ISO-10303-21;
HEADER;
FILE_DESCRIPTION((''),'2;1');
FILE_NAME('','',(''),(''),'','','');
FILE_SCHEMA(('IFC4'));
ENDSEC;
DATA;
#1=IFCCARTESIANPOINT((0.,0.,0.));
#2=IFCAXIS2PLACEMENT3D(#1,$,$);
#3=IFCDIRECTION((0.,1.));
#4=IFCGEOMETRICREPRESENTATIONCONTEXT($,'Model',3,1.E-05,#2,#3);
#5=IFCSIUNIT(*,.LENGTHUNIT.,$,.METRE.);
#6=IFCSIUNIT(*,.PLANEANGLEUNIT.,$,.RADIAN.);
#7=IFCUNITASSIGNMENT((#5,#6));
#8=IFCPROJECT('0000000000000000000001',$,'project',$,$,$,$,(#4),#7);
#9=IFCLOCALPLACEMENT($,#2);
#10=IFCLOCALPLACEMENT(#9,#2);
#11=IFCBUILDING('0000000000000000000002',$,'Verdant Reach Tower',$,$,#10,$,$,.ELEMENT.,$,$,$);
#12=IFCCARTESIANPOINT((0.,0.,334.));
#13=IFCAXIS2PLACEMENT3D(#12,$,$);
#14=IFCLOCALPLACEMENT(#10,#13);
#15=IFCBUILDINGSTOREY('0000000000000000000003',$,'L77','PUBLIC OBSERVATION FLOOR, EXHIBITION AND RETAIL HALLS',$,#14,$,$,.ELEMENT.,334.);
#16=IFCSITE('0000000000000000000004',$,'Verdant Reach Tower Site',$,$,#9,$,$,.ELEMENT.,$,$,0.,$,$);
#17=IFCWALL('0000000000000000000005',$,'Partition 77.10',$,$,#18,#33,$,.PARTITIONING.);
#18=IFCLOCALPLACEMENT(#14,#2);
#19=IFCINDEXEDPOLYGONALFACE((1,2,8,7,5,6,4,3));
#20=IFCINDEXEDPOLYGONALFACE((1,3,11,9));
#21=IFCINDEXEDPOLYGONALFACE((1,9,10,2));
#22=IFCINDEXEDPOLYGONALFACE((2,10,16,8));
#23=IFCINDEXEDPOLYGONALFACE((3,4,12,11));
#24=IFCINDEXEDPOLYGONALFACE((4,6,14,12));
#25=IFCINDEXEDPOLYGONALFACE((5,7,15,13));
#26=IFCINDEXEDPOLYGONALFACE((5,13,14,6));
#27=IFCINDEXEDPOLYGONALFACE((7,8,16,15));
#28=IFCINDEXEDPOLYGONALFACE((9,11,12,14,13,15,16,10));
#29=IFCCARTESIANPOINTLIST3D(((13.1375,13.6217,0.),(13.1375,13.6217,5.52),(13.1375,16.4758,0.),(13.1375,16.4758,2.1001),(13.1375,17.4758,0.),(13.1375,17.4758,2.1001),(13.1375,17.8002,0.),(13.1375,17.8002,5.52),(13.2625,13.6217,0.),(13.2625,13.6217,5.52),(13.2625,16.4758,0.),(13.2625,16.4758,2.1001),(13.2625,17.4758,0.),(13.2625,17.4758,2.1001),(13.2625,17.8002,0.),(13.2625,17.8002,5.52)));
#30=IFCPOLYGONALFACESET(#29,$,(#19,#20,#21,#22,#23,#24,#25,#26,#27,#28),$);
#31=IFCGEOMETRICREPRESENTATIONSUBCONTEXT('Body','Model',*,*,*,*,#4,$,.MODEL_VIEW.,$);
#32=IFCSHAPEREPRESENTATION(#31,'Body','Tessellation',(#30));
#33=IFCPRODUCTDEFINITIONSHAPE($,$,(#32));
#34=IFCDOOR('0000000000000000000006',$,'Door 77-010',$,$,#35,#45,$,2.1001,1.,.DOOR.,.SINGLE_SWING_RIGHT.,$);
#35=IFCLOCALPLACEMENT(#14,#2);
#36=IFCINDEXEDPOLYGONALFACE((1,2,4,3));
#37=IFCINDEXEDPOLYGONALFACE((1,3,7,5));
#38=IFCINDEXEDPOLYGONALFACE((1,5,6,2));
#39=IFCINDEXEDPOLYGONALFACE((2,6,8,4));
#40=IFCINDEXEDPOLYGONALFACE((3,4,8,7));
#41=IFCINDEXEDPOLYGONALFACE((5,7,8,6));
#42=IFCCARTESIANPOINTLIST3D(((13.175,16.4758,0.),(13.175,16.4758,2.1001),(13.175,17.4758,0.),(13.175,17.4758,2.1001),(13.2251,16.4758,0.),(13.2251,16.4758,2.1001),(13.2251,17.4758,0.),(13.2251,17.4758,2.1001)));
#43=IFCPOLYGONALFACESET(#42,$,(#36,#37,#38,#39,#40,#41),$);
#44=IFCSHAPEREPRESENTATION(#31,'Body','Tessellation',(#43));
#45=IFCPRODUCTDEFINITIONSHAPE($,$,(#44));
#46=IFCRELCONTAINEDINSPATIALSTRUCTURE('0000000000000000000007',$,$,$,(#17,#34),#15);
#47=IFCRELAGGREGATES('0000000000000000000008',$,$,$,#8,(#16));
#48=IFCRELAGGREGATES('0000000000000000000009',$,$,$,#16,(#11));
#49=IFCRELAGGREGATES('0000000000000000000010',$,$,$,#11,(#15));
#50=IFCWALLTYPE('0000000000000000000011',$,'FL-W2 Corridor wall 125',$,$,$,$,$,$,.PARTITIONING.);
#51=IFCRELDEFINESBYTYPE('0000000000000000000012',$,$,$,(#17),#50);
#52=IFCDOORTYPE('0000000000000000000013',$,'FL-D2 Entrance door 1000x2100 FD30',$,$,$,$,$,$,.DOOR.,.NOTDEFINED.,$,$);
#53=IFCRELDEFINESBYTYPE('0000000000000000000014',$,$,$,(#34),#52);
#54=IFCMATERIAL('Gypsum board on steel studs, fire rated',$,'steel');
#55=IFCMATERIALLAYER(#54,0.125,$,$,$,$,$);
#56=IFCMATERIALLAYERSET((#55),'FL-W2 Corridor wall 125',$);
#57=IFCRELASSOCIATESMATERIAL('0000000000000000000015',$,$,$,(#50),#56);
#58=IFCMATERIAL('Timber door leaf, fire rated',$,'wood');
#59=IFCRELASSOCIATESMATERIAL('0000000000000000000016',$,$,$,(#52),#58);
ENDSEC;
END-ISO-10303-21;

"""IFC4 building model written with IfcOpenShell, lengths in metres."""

from ifc_helpers import new_model, si_unit, direction, frame, frame_2d, origin, place, context, subcontext, project, spatial, rectangle, extrude, material, layer, layer_set, type_object, element, fill, save


model = new_model("IFC4")

# Units and contexts
model_context = context("Model", 3, precision=1e-05, world=origin(), true_north=direction((0.0, 1.0)))
body_context = subcontext(model_context, "Body", "Model", "MODEL_VIEW")
ifc_project = project(units=[si_unit("LENGTHUNIT", "METRE"), si_unit("PLANEANGLEUNIT", "RADIAN")], contexts=[model_context])

# Site, building, storey
site_placement = place(None, origin())
site = spatial("IfcSite", under=ifc_project, at=site_placement, Name="Verdant Reach Tower Site", CompositionType="ELEMENT", RefElevation=0.0)
building_placement = place(site_placement, origin())
building = spatial("IfcBuilding", under=site, at=building_placement, Name="Verdant Reach Tower", CompositionType="ELEMENT")
storey_placement = place(building_placement, frame((0.0, 0.0, 334.0)))
storey = spatial("IfcBuildingStorey", under=building, at=storey_placement, Name="L77", Description="PUBLIC OBSERVATION FLOOR, EXHIBITION AND RETAIL HALLS", CompositionType="ELEMENT", Elevation=334.0)

# Wall, opening, door
ifc_material_1 = material(Name="Gypsum board on steel studs, fire rated", Category="steel")
ifc_layer_1 = layer(ifc_material_1, 0.125)
ifc_layer_set_1 = layer_set([ifc_layer_1], Name="FL-W2 Corridor wall 125")
wall_type = type_object("IfcWallType", Name="FL-W2 Corridor wall 125", PredefinedType="PARTITIONING", material=ifc_layer_set_1)
wall_placement = place(storey_placement, frame((13.2, 13.6216, 0.0), z_axis=(0.0, 0.0, 1.0), x_axis=(0.0, 1.0, 0.0)))
wall = element("IfcWall", 1, at=wall_placement, inside=storey, type_object=wall_type, Name="Partition 77.10", PredefinedType="PARTITIONING", context=body_context, shape_type="SweptSolid", body=[
    extrude(rectangle(XDim=4.1785, YDim=0.125, at=frame_2d((2.0894, 0.0))), origin(), (0.0, 0.0, 1.0), 5.52),
])
opening_placement = place(wall_placement, frame((2.8542, 0.0, 0.0)))
opening = element("IfcOpeningElement", 2, at=opening_placement, cuts=wall, PredefinedType="OPENING", context=body_context, shape_type="SweptSolid", body=[
    extrude(rectangle(XDim=1.0, YDim=2.1001, at=frame_2d((0.5, 1.05))), frame((0.0, 0.0725, 0.0), z_axis=(0.0, -1.0, 0.0), x_axis=(1.0, 0.0, 0.0)), (0.0, 0.0, 1.0), 0.145),
])
ifc_material_2 = material(Name="Timber door leaf, fire rated", Category="wood")
door_type = type_object("IfcDoorType", Name="FL-D2 Entrance door 1000x2100 FD30", OperationType="NOTDEFINED", PredefinedType="DOOR", material=ifc_material_2)
door_placement = place(opening_placement, origin())
door = element("IfcDoor", 3, at=door_placement, inside=storey, type_object=door_type, Name="Door 77-010", OperationType="SINGLE_SWING_RIGHT", OverallHeight=2.1001, OverallWidth=1.0, PredefinedType="DOOR", context=body_context, shape_type="SweptSolid", body=[
    extrude(rectangle(XDim=1.0, YDim=2.1001, at=frame_2d((0.5, 1.05))), frame((0.0, 0.0249, 0.0), z_axis=(0.0, -1.0, 0.0), x_axis=(1.0, 0.0, 0.0)), (0.0, 0.0, 1.0), 0.05),
])
fill(opening, door)

save(model, "model.ifc")
